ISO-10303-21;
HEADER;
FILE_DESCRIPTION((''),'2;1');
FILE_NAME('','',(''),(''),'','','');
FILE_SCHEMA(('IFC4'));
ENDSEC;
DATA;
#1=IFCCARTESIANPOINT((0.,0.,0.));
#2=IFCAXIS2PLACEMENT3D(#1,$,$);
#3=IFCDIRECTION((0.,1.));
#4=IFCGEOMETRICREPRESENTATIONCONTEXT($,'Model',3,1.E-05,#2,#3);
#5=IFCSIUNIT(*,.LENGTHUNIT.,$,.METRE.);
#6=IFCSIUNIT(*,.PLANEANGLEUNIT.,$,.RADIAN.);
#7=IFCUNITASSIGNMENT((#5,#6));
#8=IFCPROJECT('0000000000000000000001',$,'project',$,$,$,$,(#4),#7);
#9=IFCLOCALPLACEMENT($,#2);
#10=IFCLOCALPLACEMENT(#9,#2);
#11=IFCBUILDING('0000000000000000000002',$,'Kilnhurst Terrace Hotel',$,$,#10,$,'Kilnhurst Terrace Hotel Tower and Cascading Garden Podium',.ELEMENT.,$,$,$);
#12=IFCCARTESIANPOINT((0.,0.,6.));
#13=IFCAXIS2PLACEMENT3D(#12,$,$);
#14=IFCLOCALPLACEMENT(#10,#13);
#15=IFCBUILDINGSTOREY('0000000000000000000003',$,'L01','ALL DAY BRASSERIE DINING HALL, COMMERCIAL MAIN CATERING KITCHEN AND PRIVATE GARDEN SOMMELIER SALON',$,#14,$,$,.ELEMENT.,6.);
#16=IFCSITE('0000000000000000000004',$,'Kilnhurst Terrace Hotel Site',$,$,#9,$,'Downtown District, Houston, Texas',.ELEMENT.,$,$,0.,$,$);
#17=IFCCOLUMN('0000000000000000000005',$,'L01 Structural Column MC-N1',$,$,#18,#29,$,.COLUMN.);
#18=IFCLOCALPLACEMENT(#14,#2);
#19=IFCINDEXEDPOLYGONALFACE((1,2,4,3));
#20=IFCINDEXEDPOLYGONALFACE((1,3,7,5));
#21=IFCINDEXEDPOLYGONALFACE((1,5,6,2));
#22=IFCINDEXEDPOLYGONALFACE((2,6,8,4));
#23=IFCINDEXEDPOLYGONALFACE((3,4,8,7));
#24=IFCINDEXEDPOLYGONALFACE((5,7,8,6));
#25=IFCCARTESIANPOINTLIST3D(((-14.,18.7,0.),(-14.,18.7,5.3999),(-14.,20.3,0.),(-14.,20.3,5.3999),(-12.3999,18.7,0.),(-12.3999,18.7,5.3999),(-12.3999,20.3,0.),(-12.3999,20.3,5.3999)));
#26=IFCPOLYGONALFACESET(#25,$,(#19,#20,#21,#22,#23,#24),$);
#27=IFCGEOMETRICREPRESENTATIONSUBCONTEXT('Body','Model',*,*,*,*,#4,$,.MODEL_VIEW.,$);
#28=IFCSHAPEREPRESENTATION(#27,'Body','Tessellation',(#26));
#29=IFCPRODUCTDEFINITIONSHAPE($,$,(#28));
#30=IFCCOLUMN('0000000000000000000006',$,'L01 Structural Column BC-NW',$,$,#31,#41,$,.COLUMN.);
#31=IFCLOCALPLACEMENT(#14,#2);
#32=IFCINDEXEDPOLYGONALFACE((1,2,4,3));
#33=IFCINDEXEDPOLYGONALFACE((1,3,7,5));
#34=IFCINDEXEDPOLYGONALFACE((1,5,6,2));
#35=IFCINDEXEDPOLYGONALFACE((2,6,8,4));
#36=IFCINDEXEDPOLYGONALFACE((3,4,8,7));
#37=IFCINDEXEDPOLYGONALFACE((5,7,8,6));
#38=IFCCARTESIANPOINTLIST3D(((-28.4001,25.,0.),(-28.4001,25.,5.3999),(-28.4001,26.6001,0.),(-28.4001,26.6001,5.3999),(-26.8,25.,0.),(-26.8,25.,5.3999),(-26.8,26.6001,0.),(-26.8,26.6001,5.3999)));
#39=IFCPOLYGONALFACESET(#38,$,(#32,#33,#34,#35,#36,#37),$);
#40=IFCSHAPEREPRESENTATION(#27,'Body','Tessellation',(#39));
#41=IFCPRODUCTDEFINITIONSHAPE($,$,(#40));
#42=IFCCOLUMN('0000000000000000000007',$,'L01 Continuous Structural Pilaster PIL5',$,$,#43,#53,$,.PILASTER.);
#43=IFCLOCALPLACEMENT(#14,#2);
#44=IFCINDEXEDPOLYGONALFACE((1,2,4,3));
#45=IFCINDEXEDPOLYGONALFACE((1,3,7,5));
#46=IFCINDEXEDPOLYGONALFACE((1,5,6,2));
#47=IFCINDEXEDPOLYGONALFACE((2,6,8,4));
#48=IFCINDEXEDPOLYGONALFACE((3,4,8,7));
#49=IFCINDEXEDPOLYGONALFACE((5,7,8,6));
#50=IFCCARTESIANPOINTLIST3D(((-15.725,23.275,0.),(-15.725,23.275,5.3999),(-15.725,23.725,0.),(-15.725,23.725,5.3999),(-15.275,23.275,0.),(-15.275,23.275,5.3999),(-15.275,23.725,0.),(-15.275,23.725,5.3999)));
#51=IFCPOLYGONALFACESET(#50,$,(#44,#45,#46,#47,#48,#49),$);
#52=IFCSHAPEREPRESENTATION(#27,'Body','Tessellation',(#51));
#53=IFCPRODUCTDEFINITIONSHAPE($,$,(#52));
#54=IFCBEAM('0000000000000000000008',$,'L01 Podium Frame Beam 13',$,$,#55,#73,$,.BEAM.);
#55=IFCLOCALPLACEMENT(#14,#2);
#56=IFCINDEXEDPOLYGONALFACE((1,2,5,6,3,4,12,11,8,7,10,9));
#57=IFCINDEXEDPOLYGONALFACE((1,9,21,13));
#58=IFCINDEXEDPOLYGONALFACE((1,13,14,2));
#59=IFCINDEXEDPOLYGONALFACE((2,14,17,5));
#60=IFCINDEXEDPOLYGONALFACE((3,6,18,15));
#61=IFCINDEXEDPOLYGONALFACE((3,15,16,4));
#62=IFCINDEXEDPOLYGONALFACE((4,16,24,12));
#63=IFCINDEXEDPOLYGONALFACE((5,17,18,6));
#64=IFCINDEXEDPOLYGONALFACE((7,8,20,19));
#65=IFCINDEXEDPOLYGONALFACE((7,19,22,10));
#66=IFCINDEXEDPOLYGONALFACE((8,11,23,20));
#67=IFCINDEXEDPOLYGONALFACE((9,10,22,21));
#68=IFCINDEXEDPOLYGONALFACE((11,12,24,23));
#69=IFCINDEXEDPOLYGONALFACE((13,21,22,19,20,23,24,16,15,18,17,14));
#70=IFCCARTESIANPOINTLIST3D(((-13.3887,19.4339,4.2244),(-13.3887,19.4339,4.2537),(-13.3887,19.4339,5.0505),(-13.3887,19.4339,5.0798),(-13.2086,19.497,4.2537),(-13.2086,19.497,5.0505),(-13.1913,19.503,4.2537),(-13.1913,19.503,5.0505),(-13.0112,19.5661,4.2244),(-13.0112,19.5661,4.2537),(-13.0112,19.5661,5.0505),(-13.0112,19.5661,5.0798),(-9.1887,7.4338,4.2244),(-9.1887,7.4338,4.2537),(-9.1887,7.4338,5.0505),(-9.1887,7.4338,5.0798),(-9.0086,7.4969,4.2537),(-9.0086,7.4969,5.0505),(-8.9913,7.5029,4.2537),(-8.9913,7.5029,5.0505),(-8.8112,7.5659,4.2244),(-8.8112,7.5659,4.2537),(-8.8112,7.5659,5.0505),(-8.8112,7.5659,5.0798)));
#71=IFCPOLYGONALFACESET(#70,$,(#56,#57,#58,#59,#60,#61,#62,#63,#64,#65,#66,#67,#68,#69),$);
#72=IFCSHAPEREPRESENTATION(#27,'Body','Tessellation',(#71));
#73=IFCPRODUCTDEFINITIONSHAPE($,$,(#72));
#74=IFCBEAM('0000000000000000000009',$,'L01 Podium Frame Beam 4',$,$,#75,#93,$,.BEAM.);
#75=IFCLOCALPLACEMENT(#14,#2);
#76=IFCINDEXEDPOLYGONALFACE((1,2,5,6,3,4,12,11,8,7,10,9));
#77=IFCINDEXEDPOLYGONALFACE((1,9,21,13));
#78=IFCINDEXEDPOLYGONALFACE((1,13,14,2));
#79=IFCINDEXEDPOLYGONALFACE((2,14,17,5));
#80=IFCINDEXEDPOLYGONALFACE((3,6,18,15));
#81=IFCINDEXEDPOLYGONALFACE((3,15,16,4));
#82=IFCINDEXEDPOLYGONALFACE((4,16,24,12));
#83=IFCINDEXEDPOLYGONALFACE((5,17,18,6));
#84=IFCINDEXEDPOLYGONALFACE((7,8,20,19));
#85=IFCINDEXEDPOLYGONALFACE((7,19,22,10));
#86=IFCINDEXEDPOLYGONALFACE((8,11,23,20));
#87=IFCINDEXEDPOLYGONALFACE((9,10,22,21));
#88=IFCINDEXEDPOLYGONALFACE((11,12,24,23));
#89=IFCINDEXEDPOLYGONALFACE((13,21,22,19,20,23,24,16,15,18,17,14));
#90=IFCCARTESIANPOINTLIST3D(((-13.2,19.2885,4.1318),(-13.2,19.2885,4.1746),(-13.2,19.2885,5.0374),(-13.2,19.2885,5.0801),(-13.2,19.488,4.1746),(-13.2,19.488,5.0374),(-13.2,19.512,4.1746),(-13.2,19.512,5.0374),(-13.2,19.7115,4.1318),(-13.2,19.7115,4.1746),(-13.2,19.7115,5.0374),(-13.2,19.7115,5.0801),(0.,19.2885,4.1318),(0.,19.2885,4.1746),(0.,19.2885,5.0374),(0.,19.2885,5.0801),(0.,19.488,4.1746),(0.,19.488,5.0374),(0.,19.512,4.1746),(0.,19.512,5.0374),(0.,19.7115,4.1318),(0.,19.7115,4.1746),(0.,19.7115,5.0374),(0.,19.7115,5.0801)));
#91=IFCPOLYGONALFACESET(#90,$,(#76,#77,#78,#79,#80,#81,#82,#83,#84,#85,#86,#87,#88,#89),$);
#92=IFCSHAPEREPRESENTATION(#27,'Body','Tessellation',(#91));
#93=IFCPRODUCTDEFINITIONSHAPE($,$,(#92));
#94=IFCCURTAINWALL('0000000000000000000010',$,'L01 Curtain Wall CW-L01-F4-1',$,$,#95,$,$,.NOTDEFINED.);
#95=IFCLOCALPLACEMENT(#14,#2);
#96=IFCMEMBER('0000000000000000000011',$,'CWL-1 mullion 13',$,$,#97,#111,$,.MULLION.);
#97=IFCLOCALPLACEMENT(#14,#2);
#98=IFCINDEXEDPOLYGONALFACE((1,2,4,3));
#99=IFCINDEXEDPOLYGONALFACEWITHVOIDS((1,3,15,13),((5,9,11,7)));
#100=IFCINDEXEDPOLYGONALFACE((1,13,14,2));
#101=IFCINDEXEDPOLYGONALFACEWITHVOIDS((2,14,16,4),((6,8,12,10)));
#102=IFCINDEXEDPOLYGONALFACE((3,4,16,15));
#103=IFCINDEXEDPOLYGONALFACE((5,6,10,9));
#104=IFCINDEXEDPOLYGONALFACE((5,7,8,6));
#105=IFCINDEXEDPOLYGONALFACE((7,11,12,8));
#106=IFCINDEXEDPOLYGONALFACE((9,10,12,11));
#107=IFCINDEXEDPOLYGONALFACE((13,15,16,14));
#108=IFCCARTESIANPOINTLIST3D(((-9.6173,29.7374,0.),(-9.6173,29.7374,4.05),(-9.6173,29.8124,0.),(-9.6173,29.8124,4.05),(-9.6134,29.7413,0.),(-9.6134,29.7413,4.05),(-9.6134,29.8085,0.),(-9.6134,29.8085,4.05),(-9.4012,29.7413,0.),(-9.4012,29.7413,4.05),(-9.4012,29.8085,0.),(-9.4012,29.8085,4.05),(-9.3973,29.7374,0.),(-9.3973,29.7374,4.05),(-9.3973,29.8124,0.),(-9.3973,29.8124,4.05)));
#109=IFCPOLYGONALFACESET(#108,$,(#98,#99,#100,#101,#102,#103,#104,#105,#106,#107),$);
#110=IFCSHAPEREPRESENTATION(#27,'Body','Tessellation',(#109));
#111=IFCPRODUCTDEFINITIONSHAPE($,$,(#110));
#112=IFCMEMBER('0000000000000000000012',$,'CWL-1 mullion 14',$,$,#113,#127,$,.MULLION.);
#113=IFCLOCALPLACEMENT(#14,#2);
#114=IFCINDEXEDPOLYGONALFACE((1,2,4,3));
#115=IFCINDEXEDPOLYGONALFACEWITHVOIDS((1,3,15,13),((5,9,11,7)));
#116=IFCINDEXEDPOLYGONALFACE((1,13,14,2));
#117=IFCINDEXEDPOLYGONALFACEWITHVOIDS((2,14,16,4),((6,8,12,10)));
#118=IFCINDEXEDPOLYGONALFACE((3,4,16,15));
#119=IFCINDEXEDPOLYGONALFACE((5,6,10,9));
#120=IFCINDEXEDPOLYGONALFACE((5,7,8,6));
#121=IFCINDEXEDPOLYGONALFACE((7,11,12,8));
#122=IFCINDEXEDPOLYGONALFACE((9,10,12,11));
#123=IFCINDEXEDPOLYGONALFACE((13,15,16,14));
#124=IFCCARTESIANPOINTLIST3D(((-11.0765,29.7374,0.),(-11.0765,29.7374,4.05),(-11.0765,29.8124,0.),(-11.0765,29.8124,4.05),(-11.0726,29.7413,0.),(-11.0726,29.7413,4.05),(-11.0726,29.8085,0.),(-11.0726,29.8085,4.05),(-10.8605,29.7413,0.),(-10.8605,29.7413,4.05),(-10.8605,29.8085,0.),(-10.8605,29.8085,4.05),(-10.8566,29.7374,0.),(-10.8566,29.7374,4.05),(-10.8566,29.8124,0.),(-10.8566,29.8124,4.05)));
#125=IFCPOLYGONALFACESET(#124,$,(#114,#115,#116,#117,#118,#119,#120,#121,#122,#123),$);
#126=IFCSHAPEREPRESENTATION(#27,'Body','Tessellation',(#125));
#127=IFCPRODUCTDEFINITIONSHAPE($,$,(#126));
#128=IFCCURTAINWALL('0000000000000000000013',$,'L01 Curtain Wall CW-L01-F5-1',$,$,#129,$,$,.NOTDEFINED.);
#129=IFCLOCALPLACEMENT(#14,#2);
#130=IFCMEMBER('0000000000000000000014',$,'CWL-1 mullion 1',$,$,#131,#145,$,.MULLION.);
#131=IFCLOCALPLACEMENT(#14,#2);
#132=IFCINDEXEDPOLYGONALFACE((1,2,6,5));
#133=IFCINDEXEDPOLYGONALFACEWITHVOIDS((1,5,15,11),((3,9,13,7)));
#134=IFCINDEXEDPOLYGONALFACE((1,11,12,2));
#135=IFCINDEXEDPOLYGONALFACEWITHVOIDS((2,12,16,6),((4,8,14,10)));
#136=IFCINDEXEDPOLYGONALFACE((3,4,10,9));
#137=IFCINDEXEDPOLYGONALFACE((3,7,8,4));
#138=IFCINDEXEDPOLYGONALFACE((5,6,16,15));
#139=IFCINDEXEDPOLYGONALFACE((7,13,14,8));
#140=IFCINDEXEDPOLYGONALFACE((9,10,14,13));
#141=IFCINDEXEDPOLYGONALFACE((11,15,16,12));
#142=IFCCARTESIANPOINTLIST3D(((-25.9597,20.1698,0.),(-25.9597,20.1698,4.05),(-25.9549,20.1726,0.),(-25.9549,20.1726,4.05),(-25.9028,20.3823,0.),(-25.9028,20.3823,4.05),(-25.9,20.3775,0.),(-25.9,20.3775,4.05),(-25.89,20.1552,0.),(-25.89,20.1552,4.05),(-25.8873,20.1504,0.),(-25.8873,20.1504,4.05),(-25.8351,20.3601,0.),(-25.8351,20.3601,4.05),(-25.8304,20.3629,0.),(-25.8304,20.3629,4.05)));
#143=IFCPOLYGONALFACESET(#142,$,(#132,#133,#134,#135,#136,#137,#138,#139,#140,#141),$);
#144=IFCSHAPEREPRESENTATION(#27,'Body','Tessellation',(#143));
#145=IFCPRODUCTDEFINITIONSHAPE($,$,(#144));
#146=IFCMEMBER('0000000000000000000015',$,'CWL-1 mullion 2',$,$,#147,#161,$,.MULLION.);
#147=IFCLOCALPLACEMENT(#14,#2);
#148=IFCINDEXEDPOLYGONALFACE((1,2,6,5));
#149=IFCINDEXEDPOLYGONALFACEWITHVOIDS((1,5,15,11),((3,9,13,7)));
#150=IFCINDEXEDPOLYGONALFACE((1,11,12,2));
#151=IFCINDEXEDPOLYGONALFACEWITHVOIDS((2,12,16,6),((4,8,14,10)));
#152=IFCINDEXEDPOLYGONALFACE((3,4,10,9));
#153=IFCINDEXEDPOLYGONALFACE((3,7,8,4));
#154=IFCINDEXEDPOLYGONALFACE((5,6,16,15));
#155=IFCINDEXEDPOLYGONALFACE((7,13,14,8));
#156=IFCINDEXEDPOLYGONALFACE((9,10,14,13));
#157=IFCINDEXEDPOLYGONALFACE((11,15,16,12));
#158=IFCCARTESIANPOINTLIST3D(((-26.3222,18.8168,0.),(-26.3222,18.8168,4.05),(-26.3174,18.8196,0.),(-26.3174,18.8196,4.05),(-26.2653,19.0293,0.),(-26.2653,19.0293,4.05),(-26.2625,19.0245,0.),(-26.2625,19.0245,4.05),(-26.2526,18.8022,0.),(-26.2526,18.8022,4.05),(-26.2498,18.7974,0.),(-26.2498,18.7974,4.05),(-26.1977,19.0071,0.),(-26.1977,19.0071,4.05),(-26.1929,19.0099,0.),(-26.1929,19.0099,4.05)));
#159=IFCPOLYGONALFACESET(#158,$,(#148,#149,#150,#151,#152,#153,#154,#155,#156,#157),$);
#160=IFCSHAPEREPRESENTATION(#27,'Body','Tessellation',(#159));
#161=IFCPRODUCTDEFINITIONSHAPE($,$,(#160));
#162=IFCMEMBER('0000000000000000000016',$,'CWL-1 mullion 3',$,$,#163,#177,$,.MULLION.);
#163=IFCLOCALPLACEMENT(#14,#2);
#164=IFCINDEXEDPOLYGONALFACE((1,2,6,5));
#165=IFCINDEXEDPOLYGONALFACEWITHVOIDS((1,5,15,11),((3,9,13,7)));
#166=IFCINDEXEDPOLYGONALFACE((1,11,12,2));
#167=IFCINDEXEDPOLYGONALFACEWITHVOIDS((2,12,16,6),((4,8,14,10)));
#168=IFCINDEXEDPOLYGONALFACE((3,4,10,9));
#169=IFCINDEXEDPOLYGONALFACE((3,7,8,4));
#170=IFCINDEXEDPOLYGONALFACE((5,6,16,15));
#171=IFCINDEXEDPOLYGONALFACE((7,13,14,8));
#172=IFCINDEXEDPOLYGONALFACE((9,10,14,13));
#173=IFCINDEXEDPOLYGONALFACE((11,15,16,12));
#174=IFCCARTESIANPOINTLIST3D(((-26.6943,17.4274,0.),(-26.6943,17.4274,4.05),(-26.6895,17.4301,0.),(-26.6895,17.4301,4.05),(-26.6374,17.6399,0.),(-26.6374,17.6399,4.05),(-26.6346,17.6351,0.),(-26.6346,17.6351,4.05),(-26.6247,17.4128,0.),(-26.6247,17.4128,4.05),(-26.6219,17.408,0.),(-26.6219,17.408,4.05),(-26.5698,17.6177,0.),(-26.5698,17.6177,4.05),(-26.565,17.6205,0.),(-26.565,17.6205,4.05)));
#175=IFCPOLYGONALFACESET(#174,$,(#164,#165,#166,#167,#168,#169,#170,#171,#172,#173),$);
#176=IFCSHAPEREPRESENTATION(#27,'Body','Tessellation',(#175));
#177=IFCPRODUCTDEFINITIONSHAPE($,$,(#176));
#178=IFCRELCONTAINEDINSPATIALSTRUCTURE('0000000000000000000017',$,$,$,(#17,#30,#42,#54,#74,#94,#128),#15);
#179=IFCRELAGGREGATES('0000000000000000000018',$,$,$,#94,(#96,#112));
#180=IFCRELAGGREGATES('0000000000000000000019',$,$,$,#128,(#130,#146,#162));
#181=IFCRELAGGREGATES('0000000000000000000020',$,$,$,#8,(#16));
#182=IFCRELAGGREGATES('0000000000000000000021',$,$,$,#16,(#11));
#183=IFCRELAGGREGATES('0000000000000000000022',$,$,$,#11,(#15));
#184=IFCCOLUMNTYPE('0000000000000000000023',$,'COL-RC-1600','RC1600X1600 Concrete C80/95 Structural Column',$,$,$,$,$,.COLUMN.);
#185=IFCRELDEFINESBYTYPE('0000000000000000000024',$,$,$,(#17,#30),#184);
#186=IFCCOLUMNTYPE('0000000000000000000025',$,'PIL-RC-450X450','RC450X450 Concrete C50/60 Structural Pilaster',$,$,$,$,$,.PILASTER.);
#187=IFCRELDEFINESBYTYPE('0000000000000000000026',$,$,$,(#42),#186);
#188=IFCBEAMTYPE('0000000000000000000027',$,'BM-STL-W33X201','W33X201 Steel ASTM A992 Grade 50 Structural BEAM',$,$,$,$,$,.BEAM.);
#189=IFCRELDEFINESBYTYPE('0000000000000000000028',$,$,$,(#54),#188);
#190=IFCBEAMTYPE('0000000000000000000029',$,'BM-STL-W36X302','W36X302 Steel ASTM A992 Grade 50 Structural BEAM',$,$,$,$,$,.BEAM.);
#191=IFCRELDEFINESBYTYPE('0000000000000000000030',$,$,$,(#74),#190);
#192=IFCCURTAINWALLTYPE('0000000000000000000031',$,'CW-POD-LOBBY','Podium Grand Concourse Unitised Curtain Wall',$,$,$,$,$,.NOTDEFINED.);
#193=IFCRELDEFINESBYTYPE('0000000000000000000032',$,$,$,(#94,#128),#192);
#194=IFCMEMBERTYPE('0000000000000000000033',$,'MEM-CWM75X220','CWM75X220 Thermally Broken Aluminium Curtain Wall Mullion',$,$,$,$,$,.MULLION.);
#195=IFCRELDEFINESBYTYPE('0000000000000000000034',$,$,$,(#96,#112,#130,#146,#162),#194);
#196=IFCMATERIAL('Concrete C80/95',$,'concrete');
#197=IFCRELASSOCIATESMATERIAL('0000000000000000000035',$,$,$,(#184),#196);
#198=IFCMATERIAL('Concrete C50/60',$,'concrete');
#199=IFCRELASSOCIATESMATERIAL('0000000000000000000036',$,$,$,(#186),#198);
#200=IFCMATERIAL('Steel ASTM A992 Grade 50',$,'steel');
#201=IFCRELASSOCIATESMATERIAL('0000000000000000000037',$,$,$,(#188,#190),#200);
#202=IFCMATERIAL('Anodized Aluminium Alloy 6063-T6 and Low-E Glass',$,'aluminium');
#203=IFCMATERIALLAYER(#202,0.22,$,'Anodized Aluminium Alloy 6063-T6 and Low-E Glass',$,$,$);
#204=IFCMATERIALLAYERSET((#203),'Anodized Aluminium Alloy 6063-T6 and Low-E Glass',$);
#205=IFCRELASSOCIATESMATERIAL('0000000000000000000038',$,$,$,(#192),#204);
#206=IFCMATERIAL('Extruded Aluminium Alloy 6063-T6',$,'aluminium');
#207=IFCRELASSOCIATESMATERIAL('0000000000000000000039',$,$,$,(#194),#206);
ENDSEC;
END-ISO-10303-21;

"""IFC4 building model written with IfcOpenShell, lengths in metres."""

from ifc_helpers import new_model, si_unit, direction, frame, origin, origin_2d, place, context, subcontext, project, spatial, rectangle, hollow_rectangle, i_section, extrude, material, layer, layer_set, material_profile, profile_set, type_object, element, aggregate, save


model = new_model("IFC4")

# Units and contexts
model_context = context("Model", 3, precision=1e-05, world=origin(), true_north=direction((0.0, 1.0)))
body_context = subcontext(model_context, "Body", "Model", "MODEL_VIEW")
ifc_project = project(units=[si_unit("LENGTHUNIT", "METRE"), si_unit("PLANEANGLEUNIT", "RADIAN")], contexts=[model_context])

# Site, building, storey
site_placement = place(None, origin())
site = spatial("IfcSite", under=ifc_project, at=site_placement, Name="Kilnhurst Terrace Hotel Site", LongName="Downtown District, Houston, Texas", CompositionType="ELEMENT", RefElevation=0.0)
building_placement = place(site_placement, origin())
building = spatial("IfcBuilding", under=site, at=building_placement, Name="Kilnhurst Terrace Hotel", LongName="Kilnhurst Terrace Hotel Tower and Cascading Garden Podium", CompositionType="ELEMENT")
storey_placement = place(building_placement, frame((0.0, 0.0, 6.0)))
storey = spatial("IfcBuildingStorey", under=building, at=storey_placement, Name="L01", Description="ALL DAY BRASSERIE DINING HALL, COMMERCIAL MAIN CATERING KITCHEN AND PRIVATE GARDEN SOMMELIER SALON", CompositionType="ELEMENT", Elevation=6.0)

# Columns
ifc_material_1 = material(Name="Concrete C80/95", Category="concrete")
ifc_material_profile_1 = material_profile(ifc_material_1, rectangle(XDim=1.6001, YDim=1.6001, at=origin_2d()), Name="RC1600X1600")
ifc_profile_set_1 = profile_set([ifc_material_profile_1], Name="Concrete C80/95")
column_type_1 = type_object("IfcColumnType", Name="COL-RC-1600", Description="RC1600X1600 Concrete C80/95 Structural Column", PredefinedType="COLUMN", material=ifc_profile_set_1)
for number, where, z_axis, x_axis, name in (
    (1, (-13.2, 19.5, 0.0), (0.0, 0.0, 1.0), (1.0, 0.0, 0.0), "L01 Structural Column MC-N1"),
    (2, (-27.6001, 25.8, 0.0), (0.0, 0.0, 1.0), (1.0, 0.0, 0.0), "L01 Structural Column BC-NW"),
):
    element("IfcColumn", number, at=place(storey_placement, frame(where, z_axis=z_axis, x_axis=x_axis)), inside=storey, type_object=column_type_1, Name=name, PredefinedType="COLUMN", context=body_context, shape_type="SweptSolid", body=[
        extrude(rectangle(XDim=1.6001, YDim=1.6001, at=origin_2d()), origin(), (0.0, 0.0, 1.0), 5.3999),
    ])
ifc_material_2 = material(Name="Concrete C50/60", Category="concrete")
ifc_material_profile_2 = material_profile(ifc_material_2, rectangle(XDim=0.45, YDim=0.45, at=origin_2d()), Name="RC450X450")
ifc_profile_set_2 = profile_set([ifc_material_profile_2], Name="Concrete C50/60")
column_type_2 = type_object("IfcColumnType", Name="PIL-RC-450X450", Description="RC450X450 Concrete C50/60 Structural Pilaster", PredefinedType="PILASTER", material=ifc_profile_set_2)
column_placement = place(storey_placement, frame((-15.5, 23.5, 0.0), z_axis=(0.0, 0.0, 1.0), x_axis=(1.0, 0.0, 0.0)))
element("IfcColumn", 3, at=column_placement, inside=storey, type_object=column_type_2, Name="L01 Continuous Structural Pilaster PIL5", PredefinedType="PILASTER", context=body_context, shape_type="SweptSolid", body=[
    extrude(rectangle(XDim=0.45, YDim=0.45, at=origin_2d()), origin(), (0.0, 0.0, 1.0), 5.3999),
])

# Beams
ifc_material_3 = material(Name="Steel ASTM A992 Grade 50", Category="steel")
ifc_material_profile_3 = material_profile(ifc_material_3, i_section(OverallWidth=0.3999, OverallDepth=0.8555, WebThickness=0.0183, FlangeThickness=0.0293, at=origin_2d()), Name="W33X201")
ifc_profile_set_3 = profile_set([ifc_material_profile_3], Name="Steel ASTM A992 Grade 50")
beam_type_1 = type_object("IfcBeamType", Name="BM-STL-W33X201", Description="W33X201 Steel ASTM A992 Grade 50 Structural BEAM", PredefinedType="BEAM", material=ifc_profile_set_3)
beam_1_placement = place(storey_placement, frame((-13.2, 19.5, 4.6521), z_axis=(0.330347, -0.94386, 0.0), x_axis=(0.94386, 0.330347, 0.0)))
element("IfcBeam", 4, at=beam_1_placement, inside=storey, type_object=beam_type_1, Name="L01 Podium Frame Beam 13", PredefinedType="BEAM", context=body_context, shape_type="SweptSolid", body=[
    extrude(i_section(OverallWidth=0.3999, OverallDepth=0.8555, WebThickness=0.0183, FlangeThickness=0.0293, at=origin_2d()), origin(), (0.0, 0.0, 1.0), 12.7139),
])
ifc_material_profile_4 = material_profile(ifc_material_3, i_section(OverallWidth=0.4231, OverallDepth=0.9482, WebThickness=0.0239, FlangeThickness=0.0427, at=origin_2d()), Name="W36X302")
ifc_profile_set_4 = profile_set([ifc_material_profile_4], Name="Steel ASTM A992 Grade 50")
beam_type_2 = type_object("IfcBeamType", Name="BM-STL-W36X302", Description="W36X302 Steel ASTM A992 Grade 50 Structural BEAM", PredefinedType="BEAM", material=ifc_profile_set_4)
beam_2_placement = place(storey_placement, frame((-13.2, 19.5, 4.606), z_axis=(1.0, 0.0, 0.0), x_axis=(0.0, 1.0, 0.0)))
element("IfcBeam", 5, at=beam_2_placement, inside=storey, type_object=beam_type_2, Name="L01 Podium Frame Beam 4", PredefinedType="BEAM", context=body_context, shape_type="SweptSolid", body=[
    extrude(i_section(OverallWidth=0.4231, OverallDepth=0.9482, WebThickness=0.0239, FlangeThickness=0.0427, at=origin_2d()), origin(), (0.0, 0.0, 1.0), 13.2),
])

# Curtain walls, members
ifc_material_4 = material(Name="Anodized Aluminium Alloy 6063-T6 and Low-E Glass", Category="aluminium")
ifc_layer_1 = layer(ifc_material_4, 0.22, Name="Anodized Aluminium Alloy 6063-T6 and Low-E Glass")
ifc_layer_set_1 = layer_set([ifc_layer_1], Name="Anodized Aluminium Alloy 6063-T6 and Low-E Glass")
curtain_wall_type = type_object("IfcCurtainWallType", Name="CW-POD-LOBBY", Description="Podium Grand Concourse Unitised Curtain Wall", PredefinedType="NOTDEFINED", material=ifc_layer_set_1)
curtain_wall_1_placement = place(storey_placement, origin())
curtain_wall_1 = element("IfcCurtainWall", 6, at=curtain_wall_1_placement, inside=storey, type_object=curtain_wall_type, Name="L01 Curtain Wall CW-L01-F4-1", PredefinedType="NOTDEFINED")
ifc_material_5 = material(Name="Extruded Aluminium Alloy 6063-T6", Category="aluminium")
ifc_material_profile_5 = material_profile(ifc_material_5, hollow_rectangle(XDim=0.075, YDim=0.22, WallThickness=0.0039, at=origin_2d()), Name="CWM75X220")
ifc_profile_set_5 = profile_set([ifc_material_profile_5], Name="Extruded Aluminium Alloy 6063-T6")
member_type_1 = type_object("IfcMemberType", Name="MEM-CWM75X220", Description="CWM75X220 Thermally Broken Aluminium Curtain Wall Mullion", PredefinedType="MULLION", material=ifc_profile_set_5)
member_1_placement = place(storey_placement, frame((-9.5073, 29.7749, 0.0), z_axis=(0.0, 0.0, 1.0), x_axis=(0.0, -1.0, 0.0)))
member_1 = element("IfcMember", 7, at=member_1_placement, type_object=member_type_1, Name="CWL-1 mullion 13", PredefinedType="MULLION", context=body_context, shape_type="SweptSolid", body=[
    extrude(hollow_rectangle(XDim=0.075, YDim=0.22, WallThickness=0.0039, at=origin_2d()), origin(), (0.0, 0.0, 1.0), 4.05),
])
member_2_placement = place(storey_placement, frame((-10.9666, 29.7749, 0.0), z_axis=(0.0, 0.0, 1.0), x_axis=(0.0, -1.0, 0.0)))
member_2 = element("IfcMember", 8, at=member_2_placement, type_object=member_type_1, Name="CWL-1 mullion 14", PredefinedType="MULLION", context=body_context, shape_type="SweptSolid", body=[
    extrude(hollow_rectangle(XDim=0.075, YDim=0.22, WallThickness=0.0039, at=origin_2d()), origin(), (0.0, 0.0, 1.0), 4.05),
])
curtain_wall_2_placement = place(storey_placement, origin())
curtain_wall_2 = element("IfcCurtainWall", 9, at=curtain_wall_2_placement, inside=storey, type_object=curtain_wall_type, Name="L01 Curtain Wall CW-L01-F5-1", PredefinedType="NOTDEFINED")
member_3_placement = place(storey_placement, frame((-25.895, 20.2664, 0.0), z_axis=(0.0, 0.0, 1.0), x_axis=(0.96593, -0.258802, 0.0)))
member_3 = element("IfcMember", 10, at=member_3_placement, type_object=member_type_1, Name="CWL-1 mullion 1", PredefinedType="MULLION", context=body_context, shape_type="SweptSolid", body=[
    extrude(hollow_rectangle(XDim=0.075, YDim=0.22, WallThickness=0.0039, at=origin_2d()), origin(), (0.0, 0.0, 1.0), 4.05),
])
member_4_placement = place(storey_placement, frame((-26.2576, 18.9133, 0.0), z_axis=(0.0, 0.0, 1.0), x_axis=(0.96593, -0.258802, 0.0)))
member_4 = element("IfcMember", 11, at=member_4_placement, type_object=member_type_1, Name="CWL-1 mullion 2", PredefinedType="MULLION", context=body_context, shape_type="SweptSolid", body=[
    extrude(hollow_rectangle(XDim=0.075, YDim=0.22, WallThickness=0.0039, at=origin_2d()), origin(), (0.0, 0.0, 1.0), 4.05),
])
member_5_placement = place(storey_placement, frame((-26.6296, 17.5239, 0.0), z_axis=(0.0, 0.0, 1.0), x_axis=(0.96593, -0.258802, 0.0)))
member_5 = element("IfcMember", 12, at=member_5_placement, type_object=member_type_1, Name="CWL-1 mullion 3", PredefinedType="MULLION", context=body_context, shape_type="SweptSolid", body=[
    extrude(hollow_rectangle(XDim=0.075, YDim=0.22, WallThickness=0.0039, at=origin_2d()), origin(), (0.0, 0.0, 1.0), 4.05),
])

aggregate(curtain_wall_1, [member_1, member_2])
aggregate(curtain_wall_2, [member_3, member_4, member_5])

save(model, "model.ifc")
